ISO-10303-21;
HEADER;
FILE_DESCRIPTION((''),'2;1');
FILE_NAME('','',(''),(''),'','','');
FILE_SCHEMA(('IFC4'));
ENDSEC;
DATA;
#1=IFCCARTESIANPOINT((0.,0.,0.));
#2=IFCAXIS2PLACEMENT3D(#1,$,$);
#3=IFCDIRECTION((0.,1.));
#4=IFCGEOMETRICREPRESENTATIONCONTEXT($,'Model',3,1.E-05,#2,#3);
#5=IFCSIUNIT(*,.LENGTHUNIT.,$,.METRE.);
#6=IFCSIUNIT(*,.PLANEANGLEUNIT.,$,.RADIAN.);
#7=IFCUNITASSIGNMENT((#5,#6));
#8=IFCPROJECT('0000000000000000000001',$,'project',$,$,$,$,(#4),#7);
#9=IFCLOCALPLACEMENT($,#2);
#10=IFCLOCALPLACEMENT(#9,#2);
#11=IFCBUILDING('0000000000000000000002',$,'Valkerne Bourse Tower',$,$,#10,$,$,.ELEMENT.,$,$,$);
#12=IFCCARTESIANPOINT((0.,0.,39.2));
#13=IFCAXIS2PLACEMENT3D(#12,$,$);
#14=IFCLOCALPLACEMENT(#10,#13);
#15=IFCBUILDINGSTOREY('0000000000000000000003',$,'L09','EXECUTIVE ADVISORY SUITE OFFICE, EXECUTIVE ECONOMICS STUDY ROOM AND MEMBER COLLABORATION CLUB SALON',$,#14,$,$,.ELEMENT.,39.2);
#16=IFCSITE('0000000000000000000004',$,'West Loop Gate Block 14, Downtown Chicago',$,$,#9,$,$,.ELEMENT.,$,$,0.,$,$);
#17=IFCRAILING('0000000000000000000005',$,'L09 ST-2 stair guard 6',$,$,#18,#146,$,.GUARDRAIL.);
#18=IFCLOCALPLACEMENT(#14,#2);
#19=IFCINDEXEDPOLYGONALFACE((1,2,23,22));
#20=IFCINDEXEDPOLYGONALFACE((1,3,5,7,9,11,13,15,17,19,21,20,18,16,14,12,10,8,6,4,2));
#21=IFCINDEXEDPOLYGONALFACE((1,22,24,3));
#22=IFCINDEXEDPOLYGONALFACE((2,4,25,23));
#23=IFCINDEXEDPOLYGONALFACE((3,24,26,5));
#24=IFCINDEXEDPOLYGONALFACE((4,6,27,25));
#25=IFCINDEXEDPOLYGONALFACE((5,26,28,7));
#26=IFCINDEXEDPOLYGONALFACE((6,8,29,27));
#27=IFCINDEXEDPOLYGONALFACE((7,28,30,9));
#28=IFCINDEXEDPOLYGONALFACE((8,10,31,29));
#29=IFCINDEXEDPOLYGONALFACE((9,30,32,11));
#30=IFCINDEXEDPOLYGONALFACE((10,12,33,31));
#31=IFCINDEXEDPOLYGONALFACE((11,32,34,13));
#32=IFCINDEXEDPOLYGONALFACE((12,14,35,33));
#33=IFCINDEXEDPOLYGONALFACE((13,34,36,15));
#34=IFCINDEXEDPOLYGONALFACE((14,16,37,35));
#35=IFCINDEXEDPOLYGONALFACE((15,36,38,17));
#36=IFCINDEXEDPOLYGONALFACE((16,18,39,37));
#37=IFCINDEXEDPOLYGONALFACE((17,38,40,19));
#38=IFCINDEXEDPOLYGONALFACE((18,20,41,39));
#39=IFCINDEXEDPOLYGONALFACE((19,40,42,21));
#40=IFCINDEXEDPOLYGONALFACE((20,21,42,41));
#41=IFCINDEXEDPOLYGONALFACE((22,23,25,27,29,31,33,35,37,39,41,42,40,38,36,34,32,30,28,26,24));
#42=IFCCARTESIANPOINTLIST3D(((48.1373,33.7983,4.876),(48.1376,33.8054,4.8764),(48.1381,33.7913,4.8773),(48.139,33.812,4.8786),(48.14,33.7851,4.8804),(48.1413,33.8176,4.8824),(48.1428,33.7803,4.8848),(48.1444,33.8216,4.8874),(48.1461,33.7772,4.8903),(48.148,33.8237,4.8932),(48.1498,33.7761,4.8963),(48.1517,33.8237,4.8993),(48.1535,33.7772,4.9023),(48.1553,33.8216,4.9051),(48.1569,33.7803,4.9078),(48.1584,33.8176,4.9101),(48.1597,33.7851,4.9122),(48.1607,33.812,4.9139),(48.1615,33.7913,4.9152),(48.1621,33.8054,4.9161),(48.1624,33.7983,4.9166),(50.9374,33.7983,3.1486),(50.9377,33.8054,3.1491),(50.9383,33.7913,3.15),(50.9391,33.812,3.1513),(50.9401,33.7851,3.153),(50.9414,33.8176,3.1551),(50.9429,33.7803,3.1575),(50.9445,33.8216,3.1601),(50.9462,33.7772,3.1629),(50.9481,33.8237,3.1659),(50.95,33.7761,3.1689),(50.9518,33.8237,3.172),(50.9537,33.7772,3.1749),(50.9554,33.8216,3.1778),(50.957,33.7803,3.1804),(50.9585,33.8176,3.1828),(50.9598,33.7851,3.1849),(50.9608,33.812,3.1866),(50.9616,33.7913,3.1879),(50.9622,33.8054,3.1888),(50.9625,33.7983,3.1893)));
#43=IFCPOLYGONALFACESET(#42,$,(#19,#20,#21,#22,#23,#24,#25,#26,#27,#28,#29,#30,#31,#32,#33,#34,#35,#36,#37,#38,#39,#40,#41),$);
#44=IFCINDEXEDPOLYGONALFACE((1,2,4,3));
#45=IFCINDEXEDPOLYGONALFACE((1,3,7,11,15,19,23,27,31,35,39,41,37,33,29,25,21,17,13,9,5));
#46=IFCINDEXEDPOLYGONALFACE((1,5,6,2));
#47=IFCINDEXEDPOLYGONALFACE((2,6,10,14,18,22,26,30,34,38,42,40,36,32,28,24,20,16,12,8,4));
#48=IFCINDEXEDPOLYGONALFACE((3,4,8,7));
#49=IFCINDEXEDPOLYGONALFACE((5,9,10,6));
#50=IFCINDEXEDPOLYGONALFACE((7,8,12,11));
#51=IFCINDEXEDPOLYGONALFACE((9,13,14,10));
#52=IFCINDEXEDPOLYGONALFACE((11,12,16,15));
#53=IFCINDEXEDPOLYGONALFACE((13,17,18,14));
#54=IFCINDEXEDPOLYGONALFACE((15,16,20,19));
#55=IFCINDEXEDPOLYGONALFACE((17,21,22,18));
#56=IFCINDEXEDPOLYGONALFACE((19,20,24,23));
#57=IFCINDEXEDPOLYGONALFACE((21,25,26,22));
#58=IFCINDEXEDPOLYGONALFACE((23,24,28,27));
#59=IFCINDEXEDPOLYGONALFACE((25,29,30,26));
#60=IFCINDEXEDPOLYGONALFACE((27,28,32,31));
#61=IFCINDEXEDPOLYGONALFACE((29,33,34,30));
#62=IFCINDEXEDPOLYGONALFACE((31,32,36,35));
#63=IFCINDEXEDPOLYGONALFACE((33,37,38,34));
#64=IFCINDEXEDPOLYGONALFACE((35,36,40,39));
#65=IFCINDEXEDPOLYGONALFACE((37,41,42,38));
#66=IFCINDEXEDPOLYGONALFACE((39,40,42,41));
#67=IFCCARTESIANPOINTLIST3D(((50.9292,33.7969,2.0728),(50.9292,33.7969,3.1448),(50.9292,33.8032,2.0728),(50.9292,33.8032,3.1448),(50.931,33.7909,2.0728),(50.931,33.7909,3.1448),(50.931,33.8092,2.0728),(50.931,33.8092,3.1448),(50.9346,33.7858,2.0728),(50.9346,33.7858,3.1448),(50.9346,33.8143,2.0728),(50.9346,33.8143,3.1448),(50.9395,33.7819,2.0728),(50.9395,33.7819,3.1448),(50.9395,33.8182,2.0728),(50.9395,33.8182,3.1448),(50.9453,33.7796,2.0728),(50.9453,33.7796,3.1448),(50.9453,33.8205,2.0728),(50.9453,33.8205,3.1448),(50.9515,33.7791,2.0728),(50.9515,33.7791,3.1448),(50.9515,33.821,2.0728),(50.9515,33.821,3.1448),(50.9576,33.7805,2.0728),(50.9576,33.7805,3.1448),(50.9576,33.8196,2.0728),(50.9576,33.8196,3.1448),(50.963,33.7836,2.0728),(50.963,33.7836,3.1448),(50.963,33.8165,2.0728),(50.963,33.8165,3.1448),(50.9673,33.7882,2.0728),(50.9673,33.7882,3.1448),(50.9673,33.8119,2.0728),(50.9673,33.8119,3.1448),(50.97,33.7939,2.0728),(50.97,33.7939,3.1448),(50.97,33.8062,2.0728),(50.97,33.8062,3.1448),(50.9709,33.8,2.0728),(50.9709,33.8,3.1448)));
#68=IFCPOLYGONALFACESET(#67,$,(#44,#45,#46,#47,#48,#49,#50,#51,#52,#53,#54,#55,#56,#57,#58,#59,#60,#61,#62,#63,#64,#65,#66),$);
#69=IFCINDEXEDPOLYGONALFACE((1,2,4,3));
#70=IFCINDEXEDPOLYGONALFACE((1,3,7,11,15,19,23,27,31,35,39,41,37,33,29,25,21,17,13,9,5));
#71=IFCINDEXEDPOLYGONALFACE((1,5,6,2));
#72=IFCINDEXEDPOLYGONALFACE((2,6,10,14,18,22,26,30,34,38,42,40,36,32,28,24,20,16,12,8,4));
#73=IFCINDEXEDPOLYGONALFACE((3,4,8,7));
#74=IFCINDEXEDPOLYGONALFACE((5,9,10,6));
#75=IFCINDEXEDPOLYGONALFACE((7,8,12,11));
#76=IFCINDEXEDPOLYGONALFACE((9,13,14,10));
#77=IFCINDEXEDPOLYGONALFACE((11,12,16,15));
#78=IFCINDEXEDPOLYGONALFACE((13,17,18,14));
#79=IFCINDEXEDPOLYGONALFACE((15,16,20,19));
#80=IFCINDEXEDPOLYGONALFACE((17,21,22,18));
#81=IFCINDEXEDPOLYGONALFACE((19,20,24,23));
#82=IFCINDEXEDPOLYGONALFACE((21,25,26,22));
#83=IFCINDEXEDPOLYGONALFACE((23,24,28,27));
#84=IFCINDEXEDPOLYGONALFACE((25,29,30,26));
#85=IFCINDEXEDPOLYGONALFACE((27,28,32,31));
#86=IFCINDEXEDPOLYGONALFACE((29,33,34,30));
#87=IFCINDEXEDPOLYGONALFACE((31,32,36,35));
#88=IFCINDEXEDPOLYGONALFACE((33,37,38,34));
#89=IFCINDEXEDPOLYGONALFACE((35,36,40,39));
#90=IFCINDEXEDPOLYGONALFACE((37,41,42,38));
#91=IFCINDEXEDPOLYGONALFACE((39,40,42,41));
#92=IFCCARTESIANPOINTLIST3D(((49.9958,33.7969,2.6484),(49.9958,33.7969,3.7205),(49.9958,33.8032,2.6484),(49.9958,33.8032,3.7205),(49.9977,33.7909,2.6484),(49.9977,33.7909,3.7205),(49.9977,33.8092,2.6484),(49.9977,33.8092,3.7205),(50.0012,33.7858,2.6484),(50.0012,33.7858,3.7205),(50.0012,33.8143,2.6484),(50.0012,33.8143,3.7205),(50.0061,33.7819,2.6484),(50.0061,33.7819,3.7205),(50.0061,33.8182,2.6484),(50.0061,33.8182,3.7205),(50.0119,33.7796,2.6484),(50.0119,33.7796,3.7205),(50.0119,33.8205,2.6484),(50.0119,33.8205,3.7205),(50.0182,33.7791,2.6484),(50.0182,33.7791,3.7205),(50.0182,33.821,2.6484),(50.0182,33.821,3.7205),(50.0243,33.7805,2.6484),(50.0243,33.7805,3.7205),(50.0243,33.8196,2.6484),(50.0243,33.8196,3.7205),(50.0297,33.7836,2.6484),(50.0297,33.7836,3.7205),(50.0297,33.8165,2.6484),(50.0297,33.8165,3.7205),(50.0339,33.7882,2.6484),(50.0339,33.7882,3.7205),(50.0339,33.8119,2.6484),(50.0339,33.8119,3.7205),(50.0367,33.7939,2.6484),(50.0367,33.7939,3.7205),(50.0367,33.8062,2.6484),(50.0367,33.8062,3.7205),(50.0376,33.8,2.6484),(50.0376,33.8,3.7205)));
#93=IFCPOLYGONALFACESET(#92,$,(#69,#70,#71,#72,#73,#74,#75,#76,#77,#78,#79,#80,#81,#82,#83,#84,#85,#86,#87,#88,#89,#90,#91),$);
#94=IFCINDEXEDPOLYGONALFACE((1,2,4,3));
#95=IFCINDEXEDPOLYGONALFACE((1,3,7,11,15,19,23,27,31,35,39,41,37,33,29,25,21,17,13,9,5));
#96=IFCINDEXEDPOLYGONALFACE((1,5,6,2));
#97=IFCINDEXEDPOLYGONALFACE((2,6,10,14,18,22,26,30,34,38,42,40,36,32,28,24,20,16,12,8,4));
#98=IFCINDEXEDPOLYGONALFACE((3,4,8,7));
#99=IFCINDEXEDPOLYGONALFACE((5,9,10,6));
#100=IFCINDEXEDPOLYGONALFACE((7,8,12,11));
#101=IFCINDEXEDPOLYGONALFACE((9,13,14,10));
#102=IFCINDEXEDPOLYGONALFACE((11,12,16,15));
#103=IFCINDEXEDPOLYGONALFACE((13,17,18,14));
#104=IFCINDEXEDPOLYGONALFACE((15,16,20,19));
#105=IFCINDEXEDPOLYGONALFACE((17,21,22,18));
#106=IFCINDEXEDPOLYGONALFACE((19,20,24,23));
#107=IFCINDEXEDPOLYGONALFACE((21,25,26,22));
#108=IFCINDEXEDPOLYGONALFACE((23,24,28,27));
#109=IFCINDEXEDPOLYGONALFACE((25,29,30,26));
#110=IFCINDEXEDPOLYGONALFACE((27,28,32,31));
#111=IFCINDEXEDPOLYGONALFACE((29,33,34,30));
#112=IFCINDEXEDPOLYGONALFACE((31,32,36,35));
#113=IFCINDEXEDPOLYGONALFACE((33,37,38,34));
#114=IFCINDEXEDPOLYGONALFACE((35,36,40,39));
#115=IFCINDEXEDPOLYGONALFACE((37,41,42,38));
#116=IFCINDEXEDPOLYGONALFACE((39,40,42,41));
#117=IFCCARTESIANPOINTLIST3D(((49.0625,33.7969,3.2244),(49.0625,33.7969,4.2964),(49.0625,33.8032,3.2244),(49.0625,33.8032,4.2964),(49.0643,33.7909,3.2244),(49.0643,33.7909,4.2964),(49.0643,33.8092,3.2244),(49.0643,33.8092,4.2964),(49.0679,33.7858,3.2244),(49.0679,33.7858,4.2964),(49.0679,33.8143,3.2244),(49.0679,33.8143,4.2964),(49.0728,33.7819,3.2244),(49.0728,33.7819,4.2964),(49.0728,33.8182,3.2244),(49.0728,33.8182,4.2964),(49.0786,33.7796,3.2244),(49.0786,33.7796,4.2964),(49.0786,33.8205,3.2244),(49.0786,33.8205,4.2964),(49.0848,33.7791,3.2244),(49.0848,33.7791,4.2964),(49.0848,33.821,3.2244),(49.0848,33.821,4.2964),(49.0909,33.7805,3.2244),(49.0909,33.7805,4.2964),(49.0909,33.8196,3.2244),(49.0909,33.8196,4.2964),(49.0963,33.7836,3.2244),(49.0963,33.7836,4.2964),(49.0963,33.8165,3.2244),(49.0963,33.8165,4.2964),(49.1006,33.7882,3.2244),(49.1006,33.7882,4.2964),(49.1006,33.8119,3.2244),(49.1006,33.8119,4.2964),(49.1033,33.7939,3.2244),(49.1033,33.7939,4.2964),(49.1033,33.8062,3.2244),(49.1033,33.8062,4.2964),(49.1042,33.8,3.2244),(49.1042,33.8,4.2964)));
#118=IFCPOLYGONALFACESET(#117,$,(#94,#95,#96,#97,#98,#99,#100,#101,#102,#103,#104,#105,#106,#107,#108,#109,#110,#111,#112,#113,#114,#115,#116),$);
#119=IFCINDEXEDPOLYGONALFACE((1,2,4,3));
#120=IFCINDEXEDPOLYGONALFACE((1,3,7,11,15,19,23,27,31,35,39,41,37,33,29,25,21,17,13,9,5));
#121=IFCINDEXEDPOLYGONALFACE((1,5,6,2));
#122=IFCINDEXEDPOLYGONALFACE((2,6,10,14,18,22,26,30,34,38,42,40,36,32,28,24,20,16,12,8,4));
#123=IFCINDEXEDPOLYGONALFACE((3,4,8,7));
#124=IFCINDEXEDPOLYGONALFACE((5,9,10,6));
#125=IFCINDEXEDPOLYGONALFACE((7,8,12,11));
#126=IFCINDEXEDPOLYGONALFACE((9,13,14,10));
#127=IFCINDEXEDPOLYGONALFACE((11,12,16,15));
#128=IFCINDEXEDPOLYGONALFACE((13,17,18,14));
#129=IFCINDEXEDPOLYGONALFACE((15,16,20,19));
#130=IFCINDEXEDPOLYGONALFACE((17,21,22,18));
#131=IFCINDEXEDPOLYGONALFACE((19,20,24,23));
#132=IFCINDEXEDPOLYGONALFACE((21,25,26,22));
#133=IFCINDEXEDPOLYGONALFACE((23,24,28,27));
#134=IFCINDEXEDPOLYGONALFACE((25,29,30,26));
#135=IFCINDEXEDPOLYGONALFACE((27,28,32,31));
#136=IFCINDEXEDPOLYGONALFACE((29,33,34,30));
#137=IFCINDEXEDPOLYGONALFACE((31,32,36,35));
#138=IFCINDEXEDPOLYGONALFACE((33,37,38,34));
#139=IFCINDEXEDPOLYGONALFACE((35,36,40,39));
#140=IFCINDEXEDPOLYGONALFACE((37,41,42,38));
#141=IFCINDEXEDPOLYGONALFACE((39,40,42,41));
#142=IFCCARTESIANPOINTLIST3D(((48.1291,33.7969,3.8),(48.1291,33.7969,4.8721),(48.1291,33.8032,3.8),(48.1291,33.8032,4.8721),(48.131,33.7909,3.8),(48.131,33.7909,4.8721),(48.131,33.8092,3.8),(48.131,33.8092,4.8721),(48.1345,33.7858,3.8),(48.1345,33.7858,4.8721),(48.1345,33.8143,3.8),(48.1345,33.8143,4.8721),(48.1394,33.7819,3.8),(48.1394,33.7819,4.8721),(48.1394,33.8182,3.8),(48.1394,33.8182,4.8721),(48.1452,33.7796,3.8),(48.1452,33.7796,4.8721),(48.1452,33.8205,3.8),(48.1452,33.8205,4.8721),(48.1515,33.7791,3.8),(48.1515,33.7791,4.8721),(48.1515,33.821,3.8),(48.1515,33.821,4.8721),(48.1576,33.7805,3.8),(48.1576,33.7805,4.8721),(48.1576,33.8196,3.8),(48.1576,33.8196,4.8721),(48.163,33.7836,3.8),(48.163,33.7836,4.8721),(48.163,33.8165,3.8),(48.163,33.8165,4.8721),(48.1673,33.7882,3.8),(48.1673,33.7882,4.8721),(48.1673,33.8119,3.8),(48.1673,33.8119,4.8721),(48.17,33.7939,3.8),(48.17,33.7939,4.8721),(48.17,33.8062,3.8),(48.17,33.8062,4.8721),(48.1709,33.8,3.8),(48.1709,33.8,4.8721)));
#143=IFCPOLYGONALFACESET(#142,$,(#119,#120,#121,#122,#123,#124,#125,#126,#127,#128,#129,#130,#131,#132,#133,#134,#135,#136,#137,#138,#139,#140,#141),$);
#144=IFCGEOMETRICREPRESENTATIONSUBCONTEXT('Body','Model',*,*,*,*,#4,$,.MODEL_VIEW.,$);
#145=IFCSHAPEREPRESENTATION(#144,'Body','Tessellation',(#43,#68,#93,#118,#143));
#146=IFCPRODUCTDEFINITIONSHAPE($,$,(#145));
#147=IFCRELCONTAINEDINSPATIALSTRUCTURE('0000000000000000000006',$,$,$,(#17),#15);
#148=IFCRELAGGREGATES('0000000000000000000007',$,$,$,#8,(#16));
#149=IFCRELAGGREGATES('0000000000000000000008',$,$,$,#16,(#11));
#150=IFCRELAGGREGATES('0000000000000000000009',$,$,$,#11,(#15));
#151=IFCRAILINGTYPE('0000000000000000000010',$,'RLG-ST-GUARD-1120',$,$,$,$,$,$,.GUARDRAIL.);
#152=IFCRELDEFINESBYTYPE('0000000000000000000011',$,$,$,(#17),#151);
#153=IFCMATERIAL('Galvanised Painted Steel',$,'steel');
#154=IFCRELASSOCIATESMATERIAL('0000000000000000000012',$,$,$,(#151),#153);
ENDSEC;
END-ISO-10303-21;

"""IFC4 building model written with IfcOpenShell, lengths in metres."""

from ifc_helpers import new_model, si_unit, direction, frame, origin, origin_2d, place, context, subcontext, project, spatial, circle, extrude, material, type_object, element, save


model = new_model("IFC4")

# Units and contexts
model_context = context("Model", 3, precision=1e-05, world=origin(), true_north=direction((0.0, 1.0)))
body_context = subcontext(model_context, "Body", "Model", "MODEL_VIEW")
ifc_project = project(units=[si_unit("LENGTHUNIT", "METRE"), si_unit("PLANEANGLEUNIT", "RADIAN")], contexts=[model_context])

# Site, building, storey
site_placement = place(None, origin())
site = spatial("IfcSite", under=ifc_project, at=site_placement, Name="West Loop Gate Block 14, Downtown Chicago", CompositionType="ELEMENT", RefElevation=0.0)
building_placement = place(site_placement, origin())
building = spatial("IfcBuilding", under=site, at=building_placement, Name="Valkerne Bourse Tower", CompositionType="ELEMENT")
storey_placement = place(building_placement, frame((0.0, 0.0, 39.2)))
storey = spatial("IfcBuildingStorey", under=building, at=storey_placement, Name="L09", Description="EXECUTIVE ADVISORY SUITE OFFICE, EXECUTIVE ECONOMICS STUDY ROOM AND MEMBER COLLABORATION CLUB SALON", CompositionType="ELEMENT", Elevation=39.2)

# Shared definitions
ifc_material_1 = material(Name="Galvanised Painted Steel", Category="steel")

# Railing
railing_type_1 = type_object("IfcRailingType", Name="RLG-ST-GUARD-1120", PredefinedType="GUARDRAIL", material=ifc_material_1)
railing_1_placement = place(storey_placement, frame((50.95, 33.8, 2.0728)))
element("IfcRailing", 1, at=railing_1_placement, inside=storey, type_object=railing_type_1, Name="L09 ST-2 stair guard 6", PredefinedType="GUARDRAIL", context=body_context, shape_type="SweptSolid", body=[
    extrude(circle(Radius=0.0239, at=origin_2d()), frame((0.0, 0.0, 1.0962), z_axis=(-0.85109, 0.0, 0.52502), x_axis=(0.0, -1.0, 0.0)), (0.0, 0.0, 1.0), 3.29),
    extrude(circle(Radius=0.021, at=origin_2d()), origin(), (0.0, 0.0, 1.0), 1.072),
    extrude(circle(Radius=0.021, at=origin_2d()), frame((-0.9333, 0.0, 0.5757)), (0.0, 0.0, 1.0), 1.072),
    extrude(circle(Radius=0.021, at=origin_2d()), frame((-1.8667, 0.0, 1.1516)), (0.0, 0.0, 1.0), 1.072),
    extrude(circle(Radius=0.021, at=origin_2d()), frame((-2.8, 0.0, 1.7273)), (0.0, 0.0, 1.0), 1.072),
])

save(model, "model.ifc")
